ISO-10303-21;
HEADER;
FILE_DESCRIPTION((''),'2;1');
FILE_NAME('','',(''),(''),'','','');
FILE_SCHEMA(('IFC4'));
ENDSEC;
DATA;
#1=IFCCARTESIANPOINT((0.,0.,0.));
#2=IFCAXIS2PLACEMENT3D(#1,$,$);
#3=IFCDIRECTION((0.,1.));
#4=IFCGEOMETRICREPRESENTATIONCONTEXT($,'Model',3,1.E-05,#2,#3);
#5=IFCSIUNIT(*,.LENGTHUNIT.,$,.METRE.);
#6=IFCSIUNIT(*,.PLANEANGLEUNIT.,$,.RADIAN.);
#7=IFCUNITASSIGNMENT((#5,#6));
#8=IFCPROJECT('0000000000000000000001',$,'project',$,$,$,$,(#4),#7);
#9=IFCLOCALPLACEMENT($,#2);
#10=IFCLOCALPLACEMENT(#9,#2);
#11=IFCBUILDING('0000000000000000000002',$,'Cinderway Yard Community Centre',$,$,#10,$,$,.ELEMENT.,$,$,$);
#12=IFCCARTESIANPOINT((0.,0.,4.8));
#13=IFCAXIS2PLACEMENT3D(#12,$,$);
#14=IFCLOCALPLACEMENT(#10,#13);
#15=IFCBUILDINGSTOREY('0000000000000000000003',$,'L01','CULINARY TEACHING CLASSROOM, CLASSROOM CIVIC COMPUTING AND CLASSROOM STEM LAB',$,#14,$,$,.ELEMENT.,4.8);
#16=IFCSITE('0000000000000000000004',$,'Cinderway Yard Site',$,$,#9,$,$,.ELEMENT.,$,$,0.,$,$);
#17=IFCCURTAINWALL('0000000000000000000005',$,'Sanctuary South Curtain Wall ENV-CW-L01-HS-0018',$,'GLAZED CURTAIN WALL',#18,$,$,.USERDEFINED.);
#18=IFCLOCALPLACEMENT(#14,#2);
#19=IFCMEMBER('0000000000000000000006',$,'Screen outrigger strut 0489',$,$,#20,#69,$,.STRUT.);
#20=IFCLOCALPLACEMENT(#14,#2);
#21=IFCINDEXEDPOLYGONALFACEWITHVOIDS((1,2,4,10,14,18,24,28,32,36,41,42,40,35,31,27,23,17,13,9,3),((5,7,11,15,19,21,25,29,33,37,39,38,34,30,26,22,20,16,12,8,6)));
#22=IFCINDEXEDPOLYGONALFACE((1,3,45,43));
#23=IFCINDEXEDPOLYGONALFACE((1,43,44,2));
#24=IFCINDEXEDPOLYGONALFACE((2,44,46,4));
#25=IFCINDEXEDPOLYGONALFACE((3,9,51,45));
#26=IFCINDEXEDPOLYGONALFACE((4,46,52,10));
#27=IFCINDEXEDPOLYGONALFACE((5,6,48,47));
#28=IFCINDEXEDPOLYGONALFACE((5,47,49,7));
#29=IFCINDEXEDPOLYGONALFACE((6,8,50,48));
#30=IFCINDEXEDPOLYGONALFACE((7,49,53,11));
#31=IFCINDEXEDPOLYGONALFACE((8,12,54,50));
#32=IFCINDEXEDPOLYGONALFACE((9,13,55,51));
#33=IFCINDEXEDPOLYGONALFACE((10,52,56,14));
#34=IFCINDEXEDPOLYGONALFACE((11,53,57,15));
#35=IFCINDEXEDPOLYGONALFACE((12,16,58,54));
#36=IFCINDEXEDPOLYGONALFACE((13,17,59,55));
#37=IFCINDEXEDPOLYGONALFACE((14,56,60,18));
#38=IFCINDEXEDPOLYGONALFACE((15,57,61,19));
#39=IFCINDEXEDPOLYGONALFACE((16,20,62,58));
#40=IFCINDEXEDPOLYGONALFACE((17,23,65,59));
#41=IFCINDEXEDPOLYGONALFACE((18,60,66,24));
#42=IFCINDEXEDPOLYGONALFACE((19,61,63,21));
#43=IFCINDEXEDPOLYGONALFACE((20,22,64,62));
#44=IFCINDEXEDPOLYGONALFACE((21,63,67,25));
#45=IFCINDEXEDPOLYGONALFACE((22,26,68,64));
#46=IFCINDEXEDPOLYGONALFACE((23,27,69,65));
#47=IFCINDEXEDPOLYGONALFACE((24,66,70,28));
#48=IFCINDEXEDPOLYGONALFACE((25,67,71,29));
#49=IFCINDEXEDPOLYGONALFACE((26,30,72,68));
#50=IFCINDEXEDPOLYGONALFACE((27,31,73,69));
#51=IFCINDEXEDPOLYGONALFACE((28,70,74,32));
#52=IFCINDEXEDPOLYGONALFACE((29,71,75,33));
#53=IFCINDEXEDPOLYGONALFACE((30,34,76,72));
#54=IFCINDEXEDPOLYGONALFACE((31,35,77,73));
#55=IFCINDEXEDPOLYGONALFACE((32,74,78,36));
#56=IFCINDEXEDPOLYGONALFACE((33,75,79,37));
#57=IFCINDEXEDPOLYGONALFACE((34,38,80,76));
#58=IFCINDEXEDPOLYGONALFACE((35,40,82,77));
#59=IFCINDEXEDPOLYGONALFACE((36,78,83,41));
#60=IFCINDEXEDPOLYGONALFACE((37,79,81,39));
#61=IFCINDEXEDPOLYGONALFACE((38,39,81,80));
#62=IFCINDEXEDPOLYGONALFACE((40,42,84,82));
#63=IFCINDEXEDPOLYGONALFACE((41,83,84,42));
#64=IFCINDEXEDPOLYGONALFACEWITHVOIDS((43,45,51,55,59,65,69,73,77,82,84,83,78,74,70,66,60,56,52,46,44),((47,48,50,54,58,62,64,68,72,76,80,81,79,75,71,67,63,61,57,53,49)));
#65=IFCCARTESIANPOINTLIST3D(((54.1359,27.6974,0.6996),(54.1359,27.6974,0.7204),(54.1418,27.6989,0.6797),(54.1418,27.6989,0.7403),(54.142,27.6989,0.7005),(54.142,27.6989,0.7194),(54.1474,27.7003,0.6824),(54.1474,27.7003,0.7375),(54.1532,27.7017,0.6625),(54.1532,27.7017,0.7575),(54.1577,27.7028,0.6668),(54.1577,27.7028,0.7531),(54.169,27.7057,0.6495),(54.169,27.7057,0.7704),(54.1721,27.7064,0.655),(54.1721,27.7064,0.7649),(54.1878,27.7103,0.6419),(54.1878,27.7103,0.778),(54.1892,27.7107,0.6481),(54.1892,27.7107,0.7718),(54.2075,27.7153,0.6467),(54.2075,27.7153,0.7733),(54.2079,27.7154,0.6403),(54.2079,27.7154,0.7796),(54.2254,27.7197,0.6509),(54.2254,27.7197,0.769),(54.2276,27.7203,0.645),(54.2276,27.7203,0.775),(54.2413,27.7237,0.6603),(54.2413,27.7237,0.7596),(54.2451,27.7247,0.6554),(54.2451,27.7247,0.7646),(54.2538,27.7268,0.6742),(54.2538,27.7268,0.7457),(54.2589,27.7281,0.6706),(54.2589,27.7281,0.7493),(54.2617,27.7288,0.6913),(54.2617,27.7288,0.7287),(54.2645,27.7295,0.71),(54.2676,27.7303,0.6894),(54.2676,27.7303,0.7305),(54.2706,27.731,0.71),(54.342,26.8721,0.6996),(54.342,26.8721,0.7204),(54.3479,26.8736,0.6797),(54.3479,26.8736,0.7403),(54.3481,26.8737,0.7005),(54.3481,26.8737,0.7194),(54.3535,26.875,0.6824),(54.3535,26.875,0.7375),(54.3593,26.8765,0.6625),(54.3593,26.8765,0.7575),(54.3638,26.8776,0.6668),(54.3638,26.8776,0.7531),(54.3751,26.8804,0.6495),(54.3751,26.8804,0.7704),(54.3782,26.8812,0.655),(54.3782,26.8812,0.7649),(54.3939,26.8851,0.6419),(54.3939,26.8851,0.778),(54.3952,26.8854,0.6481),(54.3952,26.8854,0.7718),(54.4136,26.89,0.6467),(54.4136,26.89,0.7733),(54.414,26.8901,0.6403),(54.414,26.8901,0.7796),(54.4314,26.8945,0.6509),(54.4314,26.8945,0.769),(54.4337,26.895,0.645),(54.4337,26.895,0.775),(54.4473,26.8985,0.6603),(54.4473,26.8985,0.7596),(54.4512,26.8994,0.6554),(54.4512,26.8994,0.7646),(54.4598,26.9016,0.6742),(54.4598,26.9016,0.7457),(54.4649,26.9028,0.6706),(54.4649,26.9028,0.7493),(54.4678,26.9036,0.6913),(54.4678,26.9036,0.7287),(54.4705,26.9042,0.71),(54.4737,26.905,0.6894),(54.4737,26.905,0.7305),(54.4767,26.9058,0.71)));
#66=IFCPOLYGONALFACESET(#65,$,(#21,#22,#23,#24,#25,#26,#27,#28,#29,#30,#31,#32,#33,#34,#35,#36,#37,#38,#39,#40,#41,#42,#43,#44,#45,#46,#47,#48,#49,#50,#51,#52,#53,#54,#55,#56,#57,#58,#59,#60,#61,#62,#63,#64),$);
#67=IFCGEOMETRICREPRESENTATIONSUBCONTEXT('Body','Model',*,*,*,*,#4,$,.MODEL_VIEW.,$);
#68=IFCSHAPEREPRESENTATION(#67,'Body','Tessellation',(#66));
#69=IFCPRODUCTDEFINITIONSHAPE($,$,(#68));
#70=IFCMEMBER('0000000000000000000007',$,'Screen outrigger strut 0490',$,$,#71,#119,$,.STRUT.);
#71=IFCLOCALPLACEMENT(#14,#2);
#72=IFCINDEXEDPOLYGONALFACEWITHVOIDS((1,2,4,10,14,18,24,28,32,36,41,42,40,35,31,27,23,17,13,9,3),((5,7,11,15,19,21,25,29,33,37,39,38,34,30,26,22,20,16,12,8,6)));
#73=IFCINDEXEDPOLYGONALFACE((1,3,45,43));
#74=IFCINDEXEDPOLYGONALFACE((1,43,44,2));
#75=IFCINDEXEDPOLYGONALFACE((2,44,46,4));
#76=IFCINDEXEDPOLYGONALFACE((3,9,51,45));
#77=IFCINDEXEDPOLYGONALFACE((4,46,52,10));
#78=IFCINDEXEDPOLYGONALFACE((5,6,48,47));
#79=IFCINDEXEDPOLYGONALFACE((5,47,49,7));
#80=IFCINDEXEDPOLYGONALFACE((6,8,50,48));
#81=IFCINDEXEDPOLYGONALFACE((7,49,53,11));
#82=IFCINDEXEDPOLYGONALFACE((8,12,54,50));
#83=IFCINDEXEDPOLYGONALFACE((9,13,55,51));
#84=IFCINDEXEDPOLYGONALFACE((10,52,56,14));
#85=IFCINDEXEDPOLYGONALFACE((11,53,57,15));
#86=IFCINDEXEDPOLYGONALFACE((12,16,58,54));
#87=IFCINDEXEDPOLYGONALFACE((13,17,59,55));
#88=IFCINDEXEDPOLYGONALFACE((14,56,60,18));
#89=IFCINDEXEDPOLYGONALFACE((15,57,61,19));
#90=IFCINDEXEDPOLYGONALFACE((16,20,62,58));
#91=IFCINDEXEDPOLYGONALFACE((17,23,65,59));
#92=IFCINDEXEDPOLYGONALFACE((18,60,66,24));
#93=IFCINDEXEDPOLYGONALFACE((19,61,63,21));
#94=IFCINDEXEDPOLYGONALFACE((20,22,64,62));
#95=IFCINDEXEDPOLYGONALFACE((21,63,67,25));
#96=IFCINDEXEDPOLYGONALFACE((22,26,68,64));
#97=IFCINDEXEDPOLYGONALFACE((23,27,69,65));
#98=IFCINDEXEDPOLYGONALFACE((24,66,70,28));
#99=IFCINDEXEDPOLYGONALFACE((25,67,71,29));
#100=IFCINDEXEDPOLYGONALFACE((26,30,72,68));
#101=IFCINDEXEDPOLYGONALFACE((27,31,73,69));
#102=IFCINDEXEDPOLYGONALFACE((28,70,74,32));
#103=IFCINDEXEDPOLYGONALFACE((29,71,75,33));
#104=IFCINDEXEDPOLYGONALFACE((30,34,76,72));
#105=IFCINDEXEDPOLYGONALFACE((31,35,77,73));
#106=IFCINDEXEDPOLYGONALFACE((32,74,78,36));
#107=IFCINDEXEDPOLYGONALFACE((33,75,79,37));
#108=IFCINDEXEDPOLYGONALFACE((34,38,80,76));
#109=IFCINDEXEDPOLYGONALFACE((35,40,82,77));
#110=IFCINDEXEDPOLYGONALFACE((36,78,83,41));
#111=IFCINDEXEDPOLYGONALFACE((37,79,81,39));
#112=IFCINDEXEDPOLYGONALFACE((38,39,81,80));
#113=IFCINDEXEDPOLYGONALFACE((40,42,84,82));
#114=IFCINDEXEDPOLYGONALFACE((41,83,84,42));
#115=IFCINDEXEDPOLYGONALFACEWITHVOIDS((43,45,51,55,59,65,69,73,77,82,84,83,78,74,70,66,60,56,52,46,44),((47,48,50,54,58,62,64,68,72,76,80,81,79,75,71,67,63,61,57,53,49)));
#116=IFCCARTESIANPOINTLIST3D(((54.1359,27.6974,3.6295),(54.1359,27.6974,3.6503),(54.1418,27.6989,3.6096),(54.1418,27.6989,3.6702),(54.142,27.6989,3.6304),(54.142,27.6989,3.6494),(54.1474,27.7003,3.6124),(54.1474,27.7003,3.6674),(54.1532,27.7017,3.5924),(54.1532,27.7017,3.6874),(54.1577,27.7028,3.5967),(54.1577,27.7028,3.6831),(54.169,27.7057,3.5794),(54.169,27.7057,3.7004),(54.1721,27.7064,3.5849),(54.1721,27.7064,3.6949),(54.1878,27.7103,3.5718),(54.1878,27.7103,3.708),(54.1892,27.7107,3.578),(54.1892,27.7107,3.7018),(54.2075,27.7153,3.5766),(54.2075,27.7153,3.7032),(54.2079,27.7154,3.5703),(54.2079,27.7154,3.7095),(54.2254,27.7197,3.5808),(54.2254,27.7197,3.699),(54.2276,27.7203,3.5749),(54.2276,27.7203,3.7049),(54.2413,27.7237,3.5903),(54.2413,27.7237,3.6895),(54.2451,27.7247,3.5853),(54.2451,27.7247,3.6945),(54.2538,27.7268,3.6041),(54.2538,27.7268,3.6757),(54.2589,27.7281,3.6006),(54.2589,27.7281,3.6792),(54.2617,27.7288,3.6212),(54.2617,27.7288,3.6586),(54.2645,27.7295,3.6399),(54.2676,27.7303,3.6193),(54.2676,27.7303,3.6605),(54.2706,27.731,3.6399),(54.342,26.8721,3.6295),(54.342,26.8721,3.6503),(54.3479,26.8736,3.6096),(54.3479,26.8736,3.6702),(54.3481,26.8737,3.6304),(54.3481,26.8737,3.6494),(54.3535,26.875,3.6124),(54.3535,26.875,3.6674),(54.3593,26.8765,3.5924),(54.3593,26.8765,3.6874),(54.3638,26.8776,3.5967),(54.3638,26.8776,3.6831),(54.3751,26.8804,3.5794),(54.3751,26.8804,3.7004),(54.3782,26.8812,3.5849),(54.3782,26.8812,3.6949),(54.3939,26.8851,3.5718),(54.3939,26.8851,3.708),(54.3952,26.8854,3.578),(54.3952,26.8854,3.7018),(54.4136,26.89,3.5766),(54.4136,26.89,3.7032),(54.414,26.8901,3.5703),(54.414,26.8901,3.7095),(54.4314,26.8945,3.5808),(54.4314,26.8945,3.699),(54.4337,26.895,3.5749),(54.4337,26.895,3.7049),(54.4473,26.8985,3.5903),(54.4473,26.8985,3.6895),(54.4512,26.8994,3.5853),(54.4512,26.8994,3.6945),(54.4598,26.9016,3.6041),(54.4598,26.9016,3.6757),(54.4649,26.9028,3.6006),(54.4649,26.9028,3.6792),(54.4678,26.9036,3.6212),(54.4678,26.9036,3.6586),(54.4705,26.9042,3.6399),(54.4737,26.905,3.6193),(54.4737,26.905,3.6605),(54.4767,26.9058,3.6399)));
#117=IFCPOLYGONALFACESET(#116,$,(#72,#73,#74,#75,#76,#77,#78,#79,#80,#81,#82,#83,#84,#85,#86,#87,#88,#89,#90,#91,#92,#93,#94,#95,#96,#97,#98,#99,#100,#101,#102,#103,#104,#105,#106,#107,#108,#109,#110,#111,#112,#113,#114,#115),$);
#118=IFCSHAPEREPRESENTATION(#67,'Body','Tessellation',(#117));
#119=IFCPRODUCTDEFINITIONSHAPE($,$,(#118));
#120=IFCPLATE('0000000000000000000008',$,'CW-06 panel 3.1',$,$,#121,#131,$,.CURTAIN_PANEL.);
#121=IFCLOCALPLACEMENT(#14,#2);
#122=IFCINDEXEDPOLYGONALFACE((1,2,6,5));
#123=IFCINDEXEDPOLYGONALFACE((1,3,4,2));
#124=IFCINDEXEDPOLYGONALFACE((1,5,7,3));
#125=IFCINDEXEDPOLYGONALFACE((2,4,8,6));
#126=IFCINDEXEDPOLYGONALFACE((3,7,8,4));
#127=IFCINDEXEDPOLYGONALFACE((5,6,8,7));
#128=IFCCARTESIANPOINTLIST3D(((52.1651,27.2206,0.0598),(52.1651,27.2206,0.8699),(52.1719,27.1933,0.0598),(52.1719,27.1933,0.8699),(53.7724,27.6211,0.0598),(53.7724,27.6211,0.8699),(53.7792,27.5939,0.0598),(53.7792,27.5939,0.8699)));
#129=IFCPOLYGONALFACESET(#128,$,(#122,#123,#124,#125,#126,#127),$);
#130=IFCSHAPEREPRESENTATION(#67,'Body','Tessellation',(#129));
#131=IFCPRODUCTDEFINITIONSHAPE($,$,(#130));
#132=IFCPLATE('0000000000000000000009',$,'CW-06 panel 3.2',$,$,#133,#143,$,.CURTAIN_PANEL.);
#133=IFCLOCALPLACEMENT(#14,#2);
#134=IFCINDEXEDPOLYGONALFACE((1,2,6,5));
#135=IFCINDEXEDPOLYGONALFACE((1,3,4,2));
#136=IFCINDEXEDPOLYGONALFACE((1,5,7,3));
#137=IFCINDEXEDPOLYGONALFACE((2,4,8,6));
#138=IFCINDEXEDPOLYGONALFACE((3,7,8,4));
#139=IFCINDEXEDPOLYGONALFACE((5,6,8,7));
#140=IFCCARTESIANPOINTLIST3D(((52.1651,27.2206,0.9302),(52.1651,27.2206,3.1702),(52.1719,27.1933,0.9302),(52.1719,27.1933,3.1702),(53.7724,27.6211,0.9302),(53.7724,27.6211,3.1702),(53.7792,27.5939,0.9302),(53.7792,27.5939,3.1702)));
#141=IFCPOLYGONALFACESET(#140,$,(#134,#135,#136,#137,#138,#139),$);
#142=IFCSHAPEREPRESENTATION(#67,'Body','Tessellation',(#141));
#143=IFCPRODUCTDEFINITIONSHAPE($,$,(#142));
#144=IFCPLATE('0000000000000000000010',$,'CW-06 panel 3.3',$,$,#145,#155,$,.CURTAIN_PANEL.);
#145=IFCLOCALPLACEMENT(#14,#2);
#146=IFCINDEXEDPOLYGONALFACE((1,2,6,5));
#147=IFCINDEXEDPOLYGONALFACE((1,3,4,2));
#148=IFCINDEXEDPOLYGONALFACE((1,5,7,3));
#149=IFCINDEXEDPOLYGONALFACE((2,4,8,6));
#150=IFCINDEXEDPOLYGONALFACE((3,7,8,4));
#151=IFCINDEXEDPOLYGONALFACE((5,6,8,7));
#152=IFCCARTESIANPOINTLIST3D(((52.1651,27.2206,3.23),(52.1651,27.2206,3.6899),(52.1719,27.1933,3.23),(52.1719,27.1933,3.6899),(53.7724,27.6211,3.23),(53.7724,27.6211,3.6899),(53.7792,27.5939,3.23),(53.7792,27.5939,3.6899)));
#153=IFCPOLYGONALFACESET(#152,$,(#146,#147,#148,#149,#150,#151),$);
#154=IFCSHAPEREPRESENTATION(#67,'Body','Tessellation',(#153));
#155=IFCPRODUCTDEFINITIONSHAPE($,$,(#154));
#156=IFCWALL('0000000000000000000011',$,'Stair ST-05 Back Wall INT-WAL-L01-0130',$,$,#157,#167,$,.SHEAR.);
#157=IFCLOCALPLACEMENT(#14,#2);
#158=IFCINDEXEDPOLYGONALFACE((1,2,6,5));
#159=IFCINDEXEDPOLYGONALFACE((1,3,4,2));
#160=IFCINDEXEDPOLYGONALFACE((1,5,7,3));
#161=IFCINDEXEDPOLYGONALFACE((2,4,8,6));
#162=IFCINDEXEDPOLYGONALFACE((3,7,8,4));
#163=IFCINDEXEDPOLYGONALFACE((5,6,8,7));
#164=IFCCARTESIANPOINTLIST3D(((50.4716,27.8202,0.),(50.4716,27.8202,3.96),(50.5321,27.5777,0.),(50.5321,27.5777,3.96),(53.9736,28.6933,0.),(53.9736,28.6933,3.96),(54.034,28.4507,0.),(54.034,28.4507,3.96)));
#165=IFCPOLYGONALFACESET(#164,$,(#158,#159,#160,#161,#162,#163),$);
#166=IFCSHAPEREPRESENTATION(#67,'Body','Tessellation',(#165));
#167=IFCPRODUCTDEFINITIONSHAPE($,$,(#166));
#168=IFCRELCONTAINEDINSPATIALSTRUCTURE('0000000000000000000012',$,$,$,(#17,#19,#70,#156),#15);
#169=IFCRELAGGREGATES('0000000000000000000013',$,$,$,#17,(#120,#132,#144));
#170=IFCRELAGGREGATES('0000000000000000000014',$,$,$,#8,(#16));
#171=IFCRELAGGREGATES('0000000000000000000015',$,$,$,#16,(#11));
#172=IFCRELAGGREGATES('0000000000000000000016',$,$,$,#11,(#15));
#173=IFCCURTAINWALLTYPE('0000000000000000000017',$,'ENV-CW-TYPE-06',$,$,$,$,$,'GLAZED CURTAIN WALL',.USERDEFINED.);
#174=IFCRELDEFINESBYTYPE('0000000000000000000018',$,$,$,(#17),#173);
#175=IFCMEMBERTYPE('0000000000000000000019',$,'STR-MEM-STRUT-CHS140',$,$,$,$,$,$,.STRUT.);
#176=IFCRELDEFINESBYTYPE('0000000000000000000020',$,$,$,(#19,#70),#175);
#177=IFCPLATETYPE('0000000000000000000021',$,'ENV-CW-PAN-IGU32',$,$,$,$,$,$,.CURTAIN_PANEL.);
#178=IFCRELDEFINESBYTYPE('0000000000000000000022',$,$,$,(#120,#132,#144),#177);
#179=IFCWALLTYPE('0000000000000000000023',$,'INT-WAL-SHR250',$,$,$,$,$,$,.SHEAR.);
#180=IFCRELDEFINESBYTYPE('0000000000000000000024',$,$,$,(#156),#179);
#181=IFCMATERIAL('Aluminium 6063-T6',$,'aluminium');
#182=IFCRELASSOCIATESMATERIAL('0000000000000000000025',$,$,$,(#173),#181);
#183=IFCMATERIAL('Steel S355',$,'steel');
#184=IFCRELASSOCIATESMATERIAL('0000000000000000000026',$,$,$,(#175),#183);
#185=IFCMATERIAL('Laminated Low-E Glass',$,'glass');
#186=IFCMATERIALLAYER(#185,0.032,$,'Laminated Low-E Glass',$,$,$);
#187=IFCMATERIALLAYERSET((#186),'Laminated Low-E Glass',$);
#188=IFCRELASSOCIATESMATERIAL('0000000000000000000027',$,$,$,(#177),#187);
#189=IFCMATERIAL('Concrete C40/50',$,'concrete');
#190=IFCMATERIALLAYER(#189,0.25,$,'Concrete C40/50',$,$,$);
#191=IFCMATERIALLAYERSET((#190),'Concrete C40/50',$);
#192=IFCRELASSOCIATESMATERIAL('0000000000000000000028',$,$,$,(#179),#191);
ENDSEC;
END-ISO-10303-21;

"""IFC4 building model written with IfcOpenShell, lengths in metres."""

from ifc_helpers import new_model, si_unit, direction, frame, frame_2d, origin, origin_2d, place, context, subcontext, project, spatial, rectangle, hollow_circle, extrude, material, layer, layer_set, material_profile, profile_set, type_object, element, aggregate, save


model = new_model("IFC4")

# Units and contexts
model_context = context("Model", 3, precision=1e-05, world=origin(), true_north=direction((0.0, 1.0)))
body_context = subcontext(model_context, "Body", "Model", "MODEL_VIEW")
ifc_project = project(units=[si_unit("LENGTHUNIT", "METRE"), si_unit("PLANEANGLEUNIT", "RADIAN")], contexts=[model_context])

# Site, building, storey
site_placement = place(None, origin())
site = spatial("IfcSite", under=ifc_project, at=site_placement, Name="Cinderway Yard Site", CompositionType="ELEMENT", RefElevation=0.0)
building_placement = place(site_placement, origin())
building = spatial("IfcBuilding", under=site, at=building_placement, Name="Cinderway Yard Community Centre", CompositionType="ELEMENT")
storey_placement = place(building_placement, frame((0.0, 0.0, 4.8)))
storey = spatial("IfcBuildingStorey", under=building, at=storey_placement, Name="L01", Description="CULINARY TEACHING CLASSROOM, CLASSROOM CIVIC COMPUTING AND CLASSROOM STEM LAB", CompositionType="ELEMENT", Elevation=4.8)

# Shared definitions
ifc_material_1 = material(Name="Concrete C40/50", Category="concrete")

# Curtain wall
ifc_material_2 = material(Name="Aluminium 6063-T6", Category="aluminium")
curtain_wall_type = type_object("IfcCurtainWallType", Name="ENV-CW-TYPE-06", ElementType="GLAZED CURTAIN WALL", PredefinedType="USERDEFINED", material=ifc_material_2)
curtain_wall_placement = place(storey_placement, origin())
curtain_wall = element("IfcCurtainWall", 1, at=curtain_wall_placement, inside=storey, type_object=curtain_wall_type, Name="Sanctuary South Curtain Wall ENV-CW-L01-HS-0018", ObjectType="GLAZED CURTAIN WALL", PredefinedType="USERDEFINED")

# Shared definitions
ifc_material_3 = material(Name="Steel S355", Category="steel")

# Members
ifc_material_profile_1 = material_profile(ifc_material_3, hollow_circle(Radius=0.0698, WallThickness=0.0063, at=origin_2d()), Name="Steel S355")
ifc_profile_set_1 = profile_set([ifc_material_profile_1], Name="Steel S355")
member_type_1 = type_object("IfcMemberType", Name="STR-MEM-STRUT-CHS140", PredefinedType="STRUT", material=ifc_profile_set_1)
for number, where, z_axis, x_axis, name in (
    (2, (54.2029, 27.7141, 0.71), (0.242265, -0.97021, 0.0), (0.97021, 0.242265, 0.0), "Screen outrigger strut 0489"),
    (3, (54.2029, 27.7141, 3.6399), (0.242265, -0.97021, 0.0), (0.97021, 0.242265, 0.0), "Screen outrigger strut 0490"),
):
    element("IfcMember", number, at=place(storey_placement, frame(where, z_axis=z_axis, x_axis=x_axis)), inside=storey, type_object=member_type_1, Name=name, PredefinedType="STRUT", context=body_context, shape_type="SweptSolid", body=[
        extrude(hollow_circle(Radius=0.0698, WallThickness=0.0063, at=origin_2d()), origin(), (0.0, 0.0, 1.0), 0.8506),
    ])

# Plates
ifc_material_4 = material(Name="Laminated Low-E Glass", Category="glass")
ifc_layer_1 = layer(ifc_material_4, 0.032, Name="Laminated Low-E Glass")
ifc_layer_set_1 = layer_set([ifc_layer_1], Name="Laminated Low-E Glass")
plate_type = type_object("IfcPlateType", Name="ENV-CW-PAN-IGU32", PredefinedType="CURTAIN_PANEL", material=ifc_layer_set_1)
plate_1_placement = place(storey_placement, frame((52.9722, 27.4072, 0.0598), z_axis=(0.0, 0.0, 1.0), x_axis=(0.970322, 0.241817, 0.0)))
plate_1 = element("IfcPlate", 4, at=plate_1_placement, type_object=plate_type, Name="CW-06 panel 3.1", PredefinedType="CURTAIN_PANEL", context=body_context, shape_type="SweptSolid", body=[
    extrude(rectangle(XDim=1.6565, YDim=0.0281, at=origin_2d()), origin(), (0.0, 0.0, 1.0), 0.8101),
])
plate_2_placement = place(storey_placement, frame((52.9722, 27.4072, 0.9302), z_axis=(0.0, 0.0, 1.0), x_axis=(0.970322, 0.241817, 0.0)))
plate_2 = element("IfcPlate", 5, at=plate_2_placement, type_object=plate_type, Name="CW-06 panel 3.2", PredefinedType="CURTAIN_PANEL", context=body_context, shape_type="SweptSolid", body=[
    extrude(rectangle(XDim=1.6565, YDim=0.0281, at=origin_2d()), origin(), (0.0, 0.0, 1.0), 2.24),
])
plate_3_placement = place(storey_placement, frame((52.9722, 27.4072, 3.23), z_axis=(0.0, 0.0, 1.0), x_axis=(0.970322, 0.241817, 0.0)))
plate_3 = element("IfcPlate", 6, at=plate_3_placement, type_object=plate_type, Name="CW-06 panel 3.3", PredefinedType="CURTAIN_PANEL", context=body_context, shape_type="SweptSolid", body=[
    extrude(rectangle(XDim=1.6565, YDim=0.0281, at=origin_2d()), origin(), (0.0, 0.0, 1.0), 0.46),
])
aggregate(curtain_wall, [plate_1, plate_2, plate_3])

# Wall
ifc_layer_2 = layer(ifc_material_1, 0.25, Name="Concrete C40/50")
ifc_layer_set_2 = layer_set([ifc_layer_2], Name="Concrete C40/50")
wall_type = type_object("IfcWallType", Name="INT-WAL-SHR250", PredefinedType="SHEAR", material=ifc_layer_set_2)
wall_placement = place(storey_placement, frame((54.0039, 28.572, 0.0), z_axis=(0.0, 0.0, 1.0), x_axis=(-0.970301, -0.241899, 0.0)))
element("IfcWall", 7, at=wall_placement, inside=storey, type_object=wall_type, Name="Stair ST-05 Back Wall INT-WAL-L01-0130", PredefinedType="SHEAR", context=body_context, shape_type="SweptSolid", body=[
    extrude(rectangle(XDim=3.6091, YDim=0.25, at=frame_2d((1.8047, 0.0))), origin(), (0.0, 0.0, 1.0), 3.96),
])

save(model, "model.ifc")
